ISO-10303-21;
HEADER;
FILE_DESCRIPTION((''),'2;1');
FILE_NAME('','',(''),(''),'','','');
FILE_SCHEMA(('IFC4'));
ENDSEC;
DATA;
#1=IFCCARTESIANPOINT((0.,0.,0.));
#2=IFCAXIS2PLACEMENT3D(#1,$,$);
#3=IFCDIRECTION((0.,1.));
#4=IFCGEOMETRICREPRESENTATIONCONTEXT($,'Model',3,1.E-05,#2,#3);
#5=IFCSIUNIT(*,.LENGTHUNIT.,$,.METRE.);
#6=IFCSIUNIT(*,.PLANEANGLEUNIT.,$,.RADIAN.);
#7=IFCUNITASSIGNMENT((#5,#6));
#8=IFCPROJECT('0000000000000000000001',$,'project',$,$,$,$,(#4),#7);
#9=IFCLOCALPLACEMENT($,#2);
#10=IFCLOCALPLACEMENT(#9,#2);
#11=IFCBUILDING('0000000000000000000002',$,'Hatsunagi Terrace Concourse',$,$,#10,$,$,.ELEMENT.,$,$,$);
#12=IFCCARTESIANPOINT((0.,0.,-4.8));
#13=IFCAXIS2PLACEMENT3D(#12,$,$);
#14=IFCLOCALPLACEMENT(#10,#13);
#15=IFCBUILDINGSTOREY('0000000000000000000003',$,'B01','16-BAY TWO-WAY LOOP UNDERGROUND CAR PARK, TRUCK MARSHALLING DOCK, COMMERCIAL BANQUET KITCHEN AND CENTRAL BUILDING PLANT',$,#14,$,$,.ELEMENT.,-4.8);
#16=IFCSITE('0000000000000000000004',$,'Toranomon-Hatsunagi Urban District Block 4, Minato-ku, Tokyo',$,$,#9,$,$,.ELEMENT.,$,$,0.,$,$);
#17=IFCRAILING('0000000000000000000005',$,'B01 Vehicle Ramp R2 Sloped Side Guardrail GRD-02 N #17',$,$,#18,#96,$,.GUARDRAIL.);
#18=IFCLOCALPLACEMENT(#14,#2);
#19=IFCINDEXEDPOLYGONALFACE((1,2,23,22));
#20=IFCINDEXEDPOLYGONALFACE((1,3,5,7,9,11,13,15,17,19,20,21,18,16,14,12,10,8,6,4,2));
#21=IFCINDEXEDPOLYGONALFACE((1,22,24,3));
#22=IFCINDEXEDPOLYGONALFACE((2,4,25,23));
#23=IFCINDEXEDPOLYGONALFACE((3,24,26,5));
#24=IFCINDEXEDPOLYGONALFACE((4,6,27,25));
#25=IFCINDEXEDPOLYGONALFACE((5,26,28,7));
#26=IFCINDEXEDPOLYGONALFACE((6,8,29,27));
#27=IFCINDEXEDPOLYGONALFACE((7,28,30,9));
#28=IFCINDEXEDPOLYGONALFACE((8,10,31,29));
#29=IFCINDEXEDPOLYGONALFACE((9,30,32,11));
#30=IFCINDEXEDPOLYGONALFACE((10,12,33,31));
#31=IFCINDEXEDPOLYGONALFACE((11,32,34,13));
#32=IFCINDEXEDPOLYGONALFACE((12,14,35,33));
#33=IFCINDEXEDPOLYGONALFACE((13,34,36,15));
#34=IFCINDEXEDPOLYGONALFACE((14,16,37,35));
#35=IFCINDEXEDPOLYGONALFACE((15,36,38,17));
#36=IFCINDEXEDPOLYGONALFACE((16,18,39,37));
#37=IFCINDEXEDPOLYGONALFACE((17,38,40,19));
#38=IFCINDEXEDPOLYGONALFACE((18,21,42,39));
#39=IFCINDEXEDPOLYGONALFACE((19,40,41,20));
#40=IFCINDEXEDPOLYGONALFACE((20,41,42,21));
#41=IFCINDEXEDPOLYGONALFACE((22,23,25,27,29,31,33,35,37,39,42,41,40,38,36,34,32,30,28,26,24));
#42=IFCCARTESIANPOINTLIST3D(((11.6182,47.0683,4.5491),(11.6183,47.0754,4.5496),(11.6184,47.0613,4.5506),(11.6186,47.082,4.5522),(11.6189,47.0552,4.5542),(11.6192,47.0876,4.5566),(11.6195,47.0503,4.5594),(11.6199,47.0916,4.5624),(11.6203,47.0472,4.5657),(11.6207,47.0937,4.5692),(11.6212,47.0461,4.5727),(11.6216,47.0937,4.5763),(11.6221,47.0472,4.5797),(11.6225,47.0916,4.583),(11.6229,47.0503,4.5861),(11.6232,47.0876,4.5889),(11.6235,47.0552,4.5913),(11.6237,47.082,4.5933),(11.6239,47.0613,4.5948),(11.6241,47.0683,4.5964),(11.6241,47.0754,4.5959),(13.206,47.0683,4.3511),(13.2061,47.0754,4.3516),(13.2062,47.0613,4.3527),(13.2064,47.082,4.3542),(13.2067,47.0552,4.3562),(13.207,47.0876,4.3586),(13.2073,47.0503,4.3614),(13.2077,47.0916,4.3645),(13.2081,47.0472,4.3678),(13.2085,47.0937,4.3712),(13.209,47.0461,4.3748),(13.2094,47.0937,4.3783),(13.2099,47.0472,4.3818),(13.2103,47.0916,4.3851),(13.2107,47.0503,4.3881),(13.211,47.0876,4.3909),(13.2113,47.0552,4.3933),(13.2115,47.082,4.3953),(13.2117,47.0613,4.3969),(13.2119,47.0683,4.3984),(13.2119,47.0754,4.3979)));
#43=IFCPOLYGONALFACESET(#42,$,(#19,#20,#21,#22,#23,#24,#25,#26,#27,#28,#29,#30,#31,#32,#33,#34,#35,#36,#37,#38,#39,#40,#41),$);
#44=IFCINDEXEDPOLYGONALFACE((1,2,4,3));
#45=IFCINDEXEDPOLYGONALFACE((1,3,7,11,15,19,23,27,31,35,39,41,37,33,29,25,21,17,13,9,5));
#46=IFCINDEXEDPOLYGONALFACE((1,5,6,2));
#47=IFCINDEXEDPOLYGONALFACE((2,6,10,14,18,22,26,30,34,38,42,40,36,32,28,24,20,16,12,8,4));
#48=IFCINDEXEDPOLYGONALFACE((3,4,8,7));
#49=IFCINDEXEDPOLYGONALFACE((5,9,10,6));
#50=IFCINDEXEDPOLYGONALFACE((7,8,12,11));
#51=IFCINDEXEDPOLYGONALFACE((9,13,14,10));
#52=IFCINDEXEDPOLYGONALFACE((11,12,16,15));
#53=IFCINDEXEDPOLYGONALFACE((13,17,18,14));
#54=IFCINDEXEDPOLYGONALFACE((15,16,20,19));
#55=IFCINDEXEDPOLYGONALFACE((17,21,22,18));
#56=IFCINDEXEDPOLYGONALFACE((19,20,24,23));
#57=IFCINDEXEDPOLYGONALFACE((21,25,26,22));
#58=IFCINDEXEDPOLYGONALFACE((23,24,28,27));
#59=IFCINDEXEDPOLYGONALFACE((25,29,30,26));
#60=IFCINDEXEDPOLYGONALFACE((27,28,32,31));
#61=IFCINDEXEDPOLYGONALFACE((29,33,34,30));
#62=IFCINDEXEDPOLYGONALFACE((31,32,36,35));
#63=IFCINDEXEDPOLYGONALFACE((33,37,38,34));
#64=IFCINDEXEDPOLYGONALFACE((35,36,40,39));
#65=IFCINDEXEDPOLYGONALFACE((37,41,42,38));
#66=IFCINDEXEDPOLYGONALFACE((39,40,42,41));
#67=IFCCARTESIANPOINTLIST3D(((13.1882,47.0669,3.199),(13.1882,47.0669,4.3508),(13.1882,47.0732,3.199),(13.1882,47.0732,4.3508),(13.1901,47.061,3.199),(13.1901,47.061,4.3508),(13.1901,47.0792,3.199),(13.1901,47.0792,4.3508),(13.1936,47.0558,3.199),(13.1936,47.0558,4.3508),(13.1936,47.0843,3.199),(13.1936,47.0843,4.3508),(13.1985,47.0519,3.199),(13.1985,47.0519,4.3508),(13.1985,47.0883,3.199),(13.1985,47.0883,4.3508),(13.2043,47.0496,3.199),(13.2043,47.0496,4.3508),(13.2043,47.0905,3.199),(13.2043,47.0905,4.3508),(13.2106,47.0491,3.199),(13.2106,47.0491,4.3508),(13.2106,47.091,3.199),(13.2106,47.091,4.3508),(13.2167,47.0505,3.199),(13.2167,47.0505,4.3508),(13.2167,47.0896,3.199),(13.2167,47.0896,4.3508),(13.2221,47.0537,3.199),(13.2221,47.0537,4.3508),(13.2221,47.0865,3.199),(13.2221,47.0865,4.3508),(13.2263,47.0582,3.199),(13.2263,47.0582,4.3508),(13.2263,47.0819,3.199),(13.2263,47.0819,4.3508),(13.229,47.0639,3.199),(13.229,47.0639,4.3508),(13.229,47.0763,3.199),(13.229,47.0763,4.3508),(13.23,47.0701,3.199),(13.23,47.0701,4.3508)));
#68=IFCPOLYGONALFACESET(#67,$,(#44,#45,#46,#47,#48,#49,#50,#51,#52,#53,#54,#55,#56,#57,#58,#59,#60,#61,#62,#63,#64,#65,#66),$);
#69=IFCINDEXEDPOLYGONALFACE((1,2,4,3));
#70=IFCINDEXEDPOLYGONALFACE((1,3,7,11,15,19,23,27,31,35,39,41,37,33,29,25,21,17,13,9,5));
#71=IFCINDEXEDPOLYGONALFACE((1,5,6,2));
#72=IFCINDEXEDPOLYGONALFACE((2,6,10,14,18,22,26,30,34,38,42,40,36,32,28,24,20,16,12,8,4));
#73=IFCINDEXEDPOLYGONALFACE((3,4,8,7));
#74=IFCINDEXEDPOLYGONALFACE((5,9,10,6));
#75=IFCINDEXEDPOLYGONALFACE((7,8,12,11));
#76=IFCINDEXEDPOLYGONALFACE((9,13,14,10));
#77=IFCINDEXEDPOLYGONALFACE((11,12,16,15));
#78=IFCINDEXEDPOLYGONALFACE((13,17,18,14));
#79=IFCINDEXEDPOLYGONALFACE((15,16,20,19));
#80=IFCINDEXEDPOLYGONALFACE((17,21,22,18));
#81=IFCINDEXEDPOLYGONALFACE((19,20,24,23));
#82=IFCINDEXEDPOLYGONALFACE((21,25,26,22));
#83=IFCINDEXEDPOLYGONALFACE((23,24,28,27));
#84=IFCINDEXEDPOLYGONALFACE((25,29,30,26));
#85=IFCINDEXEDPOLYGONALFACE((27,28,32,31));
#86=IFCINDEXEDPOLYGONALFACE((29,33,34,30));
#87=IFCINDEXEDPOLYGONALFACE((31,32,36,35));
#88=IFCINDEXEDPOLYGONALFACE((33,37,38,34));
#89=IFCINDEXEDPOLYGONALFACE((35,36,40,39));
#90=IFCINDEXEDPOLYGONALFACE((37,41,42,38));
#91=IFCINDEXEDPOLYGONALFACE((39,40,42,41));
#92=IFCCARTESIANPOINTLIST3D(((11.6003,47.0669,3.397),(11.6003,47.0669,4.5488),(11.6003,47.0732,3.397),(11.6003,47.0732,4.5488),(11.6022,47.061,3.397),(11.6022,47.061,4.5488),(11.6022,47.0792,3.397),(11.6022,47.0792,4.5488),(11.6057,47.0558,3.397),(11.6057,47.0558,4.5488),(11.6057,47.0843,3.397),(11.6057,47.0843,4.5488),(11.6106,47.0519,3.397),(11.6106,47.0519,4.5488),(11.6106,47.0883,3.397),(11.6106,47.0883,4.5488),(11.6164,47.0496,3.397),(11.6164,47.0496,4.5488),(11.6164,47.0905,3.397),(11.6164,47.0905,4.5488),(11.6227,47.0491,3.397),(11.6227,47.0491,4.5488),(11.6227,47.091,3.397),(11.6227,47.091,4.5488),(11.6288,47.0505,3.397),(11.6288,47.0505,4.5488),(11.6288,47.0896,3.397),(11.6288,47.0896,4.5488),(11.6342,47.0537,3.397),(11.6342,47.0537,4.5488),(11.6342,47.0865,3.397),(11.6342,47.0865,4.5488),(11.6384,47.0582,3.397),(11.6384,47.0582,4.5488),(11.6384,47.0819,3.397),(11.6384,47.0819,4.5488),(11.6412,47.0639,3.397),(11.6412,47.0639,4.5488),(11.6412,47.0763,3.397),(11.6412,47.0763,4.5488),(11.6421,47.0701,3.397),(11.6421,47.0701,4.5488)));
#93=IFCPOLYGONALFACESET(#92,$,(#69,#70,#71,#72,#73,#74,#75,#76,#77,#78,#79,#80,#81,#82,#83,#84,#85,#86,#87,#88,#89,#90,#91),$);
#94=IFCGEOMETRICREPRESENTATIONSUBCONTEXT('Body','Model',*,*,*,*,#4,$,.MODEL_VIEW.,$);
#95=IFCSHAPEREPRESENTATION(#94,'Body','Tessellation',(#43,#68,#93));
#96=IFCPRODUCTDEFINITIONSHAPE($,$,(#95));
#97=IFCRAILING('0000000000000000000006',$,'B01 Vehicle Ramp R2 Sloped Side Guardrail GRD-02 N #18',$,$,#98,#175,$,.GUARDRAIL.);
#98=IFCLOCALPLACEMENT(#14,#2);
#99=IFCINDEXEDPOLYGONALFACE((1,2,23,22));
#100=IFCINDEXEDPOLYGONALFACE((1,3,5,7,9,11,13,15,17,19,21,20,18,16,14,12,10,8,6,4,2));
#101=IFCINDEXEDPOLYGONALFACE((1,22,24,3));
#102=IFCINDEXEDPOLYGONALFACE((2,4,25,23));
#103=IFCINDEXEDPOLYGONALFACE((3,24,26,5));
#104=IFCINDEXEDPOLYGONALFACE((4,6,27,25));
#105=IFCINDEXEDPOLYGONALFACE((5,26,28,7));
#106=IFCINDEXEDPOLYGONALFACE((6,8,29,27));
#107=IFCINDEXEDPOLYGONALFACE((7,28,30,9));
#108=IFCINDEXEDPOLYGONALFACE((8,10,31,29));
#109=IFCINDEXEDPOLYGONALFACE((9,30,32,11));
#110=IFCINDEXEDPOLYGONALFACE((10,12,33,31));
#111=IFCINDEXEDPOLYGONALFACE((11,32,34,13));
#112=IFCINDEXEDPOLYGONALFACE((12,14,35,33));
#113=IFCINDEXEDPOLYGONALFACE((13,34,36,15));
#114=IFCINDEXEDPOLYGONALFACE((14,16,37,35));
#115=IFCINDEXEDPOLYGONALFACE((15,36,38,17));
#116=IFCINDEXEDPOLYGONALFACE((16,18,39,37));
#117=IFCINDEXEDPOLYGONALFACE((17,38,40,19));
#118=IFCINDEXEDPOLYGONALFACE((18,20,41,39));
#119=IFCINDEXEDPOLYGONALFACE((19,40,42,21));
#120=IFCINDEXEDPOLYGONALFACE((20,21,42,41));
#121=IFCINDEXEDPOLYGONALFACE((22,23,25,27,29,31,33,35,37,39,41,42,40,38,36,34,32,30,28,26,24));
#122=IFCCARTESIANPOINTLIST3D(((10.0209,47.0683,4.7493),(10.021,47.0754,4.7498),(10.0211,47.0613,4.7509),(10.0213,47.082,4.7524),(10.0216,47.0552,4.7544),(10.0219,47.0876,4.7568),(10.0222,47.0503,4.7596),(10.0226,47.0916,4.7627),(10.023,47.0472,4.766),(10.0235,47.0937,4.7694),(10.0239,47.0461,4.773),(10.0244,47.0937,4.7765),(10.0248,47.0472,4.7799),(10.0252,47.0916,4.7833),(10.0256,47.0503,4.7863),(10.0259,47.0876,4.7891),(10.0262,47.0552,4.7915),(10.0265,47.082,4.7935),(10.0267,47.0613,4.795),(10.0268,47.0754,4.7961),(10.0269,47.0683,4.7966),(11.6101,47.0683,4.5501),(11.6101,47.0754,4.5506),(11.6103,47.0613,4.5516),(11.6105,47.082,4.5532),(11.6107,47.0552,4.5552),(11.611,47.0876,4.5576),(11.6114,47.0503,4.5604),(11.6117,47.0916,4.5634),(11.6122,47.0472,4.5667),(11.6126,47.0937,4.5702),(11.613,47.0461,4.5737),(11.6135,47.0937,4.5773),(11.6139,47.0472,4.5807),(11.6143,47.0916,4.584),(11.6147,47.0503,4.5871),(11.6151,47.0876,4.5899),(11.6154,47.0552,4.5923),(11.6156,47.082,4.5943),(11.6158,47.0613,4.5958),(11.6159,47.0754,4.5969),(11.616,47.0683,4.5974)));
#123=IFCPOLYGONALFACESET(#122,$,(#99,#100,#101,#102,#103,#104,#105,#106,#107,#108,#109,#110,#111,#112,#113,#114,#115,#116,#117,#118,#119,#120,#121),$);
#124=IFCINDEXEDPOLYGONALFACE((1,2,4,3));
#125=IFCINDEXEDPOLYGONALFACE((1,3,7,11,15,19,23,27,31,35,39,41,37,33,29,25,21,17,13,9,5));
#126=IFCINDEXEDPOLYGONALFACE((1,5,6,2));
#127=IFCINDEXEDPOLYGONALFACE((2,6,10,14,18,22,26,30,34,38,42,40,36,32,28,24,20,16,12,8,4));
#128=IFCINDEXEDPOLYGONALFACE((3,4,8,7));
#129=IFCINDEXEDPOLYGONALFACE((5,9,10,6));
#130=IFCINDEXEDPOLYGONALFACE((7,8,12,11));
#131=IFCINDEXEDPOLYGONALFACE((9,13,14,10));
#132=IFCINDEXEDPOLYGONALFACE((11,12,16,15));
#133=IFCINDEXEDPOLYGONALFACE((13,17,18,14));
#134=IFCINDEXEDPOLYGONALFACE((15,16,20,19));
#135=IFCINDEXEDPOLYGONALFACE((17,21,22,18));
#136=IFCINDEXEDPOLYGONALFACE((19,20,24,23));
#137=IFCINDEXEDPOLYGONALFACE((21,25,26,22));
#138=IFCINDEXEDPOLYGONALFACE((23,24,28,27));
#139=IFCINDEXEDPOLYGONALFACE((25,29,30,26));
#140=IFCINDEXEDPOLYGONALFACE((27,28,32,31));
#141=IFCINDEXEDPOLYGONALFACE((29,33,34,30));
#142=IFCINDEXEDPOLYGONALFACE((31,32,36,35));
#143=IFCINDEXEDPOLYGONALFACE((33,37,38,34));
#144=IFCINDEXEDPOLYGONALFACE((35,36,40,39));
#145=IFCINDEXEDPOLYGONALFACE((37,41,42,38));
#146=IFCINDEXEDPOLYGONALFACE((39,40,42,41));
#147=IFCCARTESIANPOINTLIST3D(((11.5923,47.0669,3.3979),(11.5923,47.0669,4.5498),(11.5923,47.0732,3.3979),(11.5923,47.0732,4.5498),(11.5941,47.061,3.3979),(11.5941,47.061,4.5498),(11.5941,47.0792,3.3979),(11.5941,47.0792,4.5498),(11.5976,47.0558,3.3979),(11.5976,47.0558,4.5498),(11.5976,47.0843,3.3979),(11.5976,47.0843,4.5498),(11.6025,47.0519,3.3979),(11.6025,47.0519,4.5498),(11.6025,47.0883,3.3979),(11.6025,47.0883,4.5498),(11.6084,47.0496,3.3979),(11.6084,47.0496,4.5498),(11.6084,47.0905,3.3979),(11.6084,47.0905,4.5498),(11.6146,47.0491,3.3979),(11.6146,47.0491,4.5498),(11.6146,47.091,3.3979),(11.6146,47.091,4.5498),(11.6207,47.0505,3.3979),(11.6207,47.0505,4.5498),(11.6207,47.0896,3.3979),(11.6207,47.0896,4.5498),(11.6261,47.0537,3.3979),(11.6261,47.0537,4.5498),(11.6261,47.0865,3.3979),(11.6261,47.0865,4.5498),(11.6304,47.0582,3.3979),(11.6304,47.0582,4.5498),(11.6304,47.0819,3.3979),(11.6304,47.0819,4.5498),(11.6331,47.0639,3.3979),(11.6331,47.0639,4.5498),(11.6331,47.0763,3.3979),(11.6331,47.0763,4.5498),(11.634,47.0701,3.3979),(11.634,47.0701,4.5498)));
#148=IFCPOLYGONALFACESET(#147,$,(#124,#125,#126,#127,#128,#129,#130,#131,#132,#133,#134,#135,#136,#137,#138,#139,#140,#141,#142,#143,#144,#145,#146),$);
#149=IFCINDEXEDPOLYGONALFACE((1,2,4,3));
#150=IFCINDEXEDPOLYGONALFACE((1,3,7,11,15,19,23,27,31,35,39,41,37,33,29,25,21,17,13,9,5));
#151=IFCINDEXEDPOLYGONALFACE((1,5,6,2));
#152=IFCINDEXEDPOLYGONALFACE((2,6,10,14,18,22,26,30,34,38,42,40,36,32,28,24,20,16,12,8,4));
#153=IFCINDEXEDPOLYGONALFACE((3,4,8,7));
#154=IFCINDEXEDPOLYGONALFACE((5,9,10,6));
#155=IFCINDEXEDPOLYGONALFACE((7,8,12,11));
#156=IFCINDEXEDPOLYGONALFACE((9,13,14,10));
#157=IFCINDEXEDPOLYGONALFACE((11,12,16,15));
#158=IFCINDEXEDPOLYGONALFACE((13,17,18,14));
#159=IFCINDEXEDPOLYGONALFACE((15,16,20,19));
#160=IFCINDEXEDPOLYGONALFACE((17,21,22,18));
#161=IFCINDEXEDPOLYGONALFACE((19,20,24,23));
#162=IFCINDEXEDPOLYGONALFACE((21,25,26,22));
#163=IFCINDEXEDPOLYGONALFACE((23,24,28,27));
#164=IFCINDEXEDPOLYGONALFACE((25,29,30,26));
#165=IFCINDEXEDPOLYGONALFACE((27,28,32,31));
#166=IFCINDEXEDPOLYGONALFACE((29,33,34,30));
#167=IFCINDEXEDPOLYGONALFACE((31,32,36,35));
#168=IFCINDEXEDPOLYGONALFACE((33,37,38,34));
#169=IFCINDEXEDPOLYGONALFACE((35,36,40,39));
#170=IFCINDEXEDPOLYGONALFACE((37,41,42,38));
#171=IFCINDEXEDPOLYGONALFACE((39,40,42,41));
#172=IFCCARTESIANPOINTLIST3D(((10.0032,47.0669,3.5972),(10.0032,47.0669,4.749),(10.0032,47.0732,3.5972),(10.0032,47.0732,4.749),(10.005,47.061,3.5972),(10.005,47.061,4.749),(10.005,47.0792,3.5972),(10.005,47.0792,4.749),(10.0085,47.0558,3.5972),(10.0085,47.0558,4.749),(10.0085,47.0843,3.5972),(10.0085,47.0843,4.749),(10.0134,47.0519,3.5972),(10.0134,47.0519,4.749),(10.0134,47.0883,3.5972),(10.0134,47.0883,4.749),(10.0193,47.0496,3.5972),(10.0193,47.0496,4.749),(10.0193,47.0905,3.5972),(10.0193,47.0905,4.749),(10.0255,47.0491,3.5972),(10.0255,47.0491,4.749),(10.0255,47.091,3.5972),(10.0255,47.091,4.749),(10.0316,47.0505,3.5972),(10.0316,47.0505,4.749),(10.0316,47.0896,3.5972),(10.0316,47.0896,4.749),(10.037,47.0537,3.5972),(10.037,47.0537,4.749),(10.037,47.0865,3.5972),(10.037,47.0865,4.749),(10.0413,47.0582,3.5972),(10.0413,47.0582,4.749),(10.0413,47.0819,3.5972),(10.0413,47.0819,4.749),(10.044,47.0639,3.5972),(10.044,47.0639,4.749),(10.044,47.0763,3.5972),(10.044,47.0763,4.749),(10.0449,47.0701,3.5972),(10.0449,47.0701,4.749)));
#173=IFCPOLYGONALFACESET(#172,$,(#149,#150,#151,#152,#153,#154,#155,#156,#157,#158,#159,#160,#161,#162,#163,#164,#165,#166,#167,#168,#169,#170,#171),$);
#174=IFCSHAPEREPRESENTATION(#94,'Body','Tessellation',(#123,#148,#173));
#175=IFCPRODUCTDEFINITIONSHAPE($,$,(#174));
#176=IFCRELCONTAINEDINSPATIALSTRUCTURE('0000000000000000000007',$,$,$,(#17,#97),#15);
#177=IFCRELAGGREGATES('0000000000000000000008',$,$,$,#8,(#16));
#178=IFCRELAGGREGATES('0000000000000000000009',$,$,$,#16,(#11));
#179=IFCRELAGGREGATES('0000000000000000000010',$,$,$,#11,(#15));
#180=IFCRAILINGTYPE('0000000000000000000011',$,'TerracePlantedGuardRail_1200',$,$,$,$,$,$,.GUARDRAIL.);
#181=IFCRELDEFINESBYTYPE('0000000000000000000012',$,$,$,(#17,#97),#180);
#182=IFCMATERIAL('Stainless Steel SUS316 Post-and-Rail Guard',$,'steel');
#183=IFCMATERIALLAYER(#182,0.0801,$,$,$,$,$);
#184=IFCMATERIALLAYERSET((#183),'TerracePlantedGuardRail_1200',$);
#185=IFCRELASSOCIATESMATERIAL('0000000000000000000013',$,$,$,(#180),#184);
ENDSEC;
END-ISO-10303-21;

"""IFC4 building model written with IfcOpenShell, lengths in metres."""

from ifc_helpers import new_model, si_unit, direction, frame, origin, origin_2d, place, context, subcontext, project, spatial, circle, extrude, material, layer, layer_set, type_object, element, save


model = new_model("IFC4")

# Units and contexts
model_context = context("Model", 3, precision=1e-05, world=origin(), true_north=direction((0.0, 1.0)))
body_context = subcontext(model_context, "Body", "Model", "MODEL_VIEW")
ifc_project = project(units=[si_unit("LENGTHUNIT", "METRE"), si_unit("PLANEANGLEUNIT", "RADIAN")], contexts=[model_context])

# Site, building, storey
site_placement = place(None, origin())
site = spatial("IfcSite", under=ifc_project, at=site_placement, Name="Toranomon-Hatsunagi Urban District Block 4, Minato-ku, Tokyo", CompositionType="ELEMENT", RefElevation=0.0)
building_placement = place(site_placement, origin())
building = spatial("IfcBuilding", under=site, at=building_placement, Name="Hatsunagi Terrace Concourse", CompositionType="ELEMENT")
storey_placement = place(building_placement, frame((0.0, 0.0, -4.8)))
storey = spatial("IfcBuildingStorey", under=building, at=storey_placement, Name="B01", Description="16-BAY TWO-WAY LOOP UNDERGROUND CAR PARK, TRUCK MARSHALLING DOCK, COMMERCIAL BANQUET KITCHEN AND CENTRAL BUILDING PLANT", CompositionType="ELEMENT", Elevation=-4.8)

# Railings
ifc_material_1 = material(Name="Stainless Steel SUS316 Post-and-Rail Guard", Category="steel")
ifc_layer_1 = layer(ifc_material_1, 0.0801)
ifc_layer_set_1 = layer_set([ifc_layer_1], Name="TerracePlantedGuardRail_1200")
railing_type = type_object("IfcRailingType", Name="TerracePlantedGuardRail_1200", PredefinedType="GUARDRAIL", material=ifc_layer_set_1)
railing_1_placement = place(storey_placement, frame((13.209, 47.0701, 3.199)))
element("IfcRailing", 1, at=railing_1_placement, inside=storey, type_object=railing_type, Name="B01 Vehicle Ramp R2 Sloped Side Guardrail GRD-02 N #17", PredefinedType="GUARDRAIL", context=body_context, shape_type="SweptSolid", body=[
    extrude(circle(Radius=0.0239, at=origin_2d()), frame((0.0, 0.0, 1.1758), z_axis=(-0.992315, 0.0, 0.123734), x_axis=(0.0, -1.0, 0.0)), (0.0, 0.0, 1.0), 1.6001),
    extrude(circle(Radius=0.021, at=origin_2d()), origin(), (0.0, 0.0, 1.0), 1.1519),
    extrude(circle(Radius=0.021, at=origin_2d()), frame((-1.5879, 0.0, 0.198)), (0.0, 0.0, 1.0), 1.1519),
])
railing_2_placement = place(storey_placement, frame((11.613, 47.0701, 3.3979)))
element("IfcRailing", 2, at=railing_2_placement, inside=storey, type_object=railing_type, Name="B01 Vehicle Ramp R2 Sloped Side Guardrail GRD-02 N #18", PredefinedType="GUARDRAIL", context=body_context, shape_type="SweptSolid", body=[
    extrude(circle(Radius=0.0239, at=origin_2d()), frame((0.0, 0.0, 1.1758), z_axis=(-0.992233, 0.0, 0.124391), x_axis=(0.0, -1.0, 0.0)), (0.0, 0.0, 1.0), 1.6016),
    extrude(circle(Radius=0.021, at=origin_2d()), origin(), (0.0, 0.0, 1.0), 1.1519),
    extrude(circle(Radius=0.021, at=origin_2d()), frame((-1.5891, 0.0, 0.1992)), (0.0, 0.0, 1.0), 1.1519),
])

save(model, "model.ifc")
